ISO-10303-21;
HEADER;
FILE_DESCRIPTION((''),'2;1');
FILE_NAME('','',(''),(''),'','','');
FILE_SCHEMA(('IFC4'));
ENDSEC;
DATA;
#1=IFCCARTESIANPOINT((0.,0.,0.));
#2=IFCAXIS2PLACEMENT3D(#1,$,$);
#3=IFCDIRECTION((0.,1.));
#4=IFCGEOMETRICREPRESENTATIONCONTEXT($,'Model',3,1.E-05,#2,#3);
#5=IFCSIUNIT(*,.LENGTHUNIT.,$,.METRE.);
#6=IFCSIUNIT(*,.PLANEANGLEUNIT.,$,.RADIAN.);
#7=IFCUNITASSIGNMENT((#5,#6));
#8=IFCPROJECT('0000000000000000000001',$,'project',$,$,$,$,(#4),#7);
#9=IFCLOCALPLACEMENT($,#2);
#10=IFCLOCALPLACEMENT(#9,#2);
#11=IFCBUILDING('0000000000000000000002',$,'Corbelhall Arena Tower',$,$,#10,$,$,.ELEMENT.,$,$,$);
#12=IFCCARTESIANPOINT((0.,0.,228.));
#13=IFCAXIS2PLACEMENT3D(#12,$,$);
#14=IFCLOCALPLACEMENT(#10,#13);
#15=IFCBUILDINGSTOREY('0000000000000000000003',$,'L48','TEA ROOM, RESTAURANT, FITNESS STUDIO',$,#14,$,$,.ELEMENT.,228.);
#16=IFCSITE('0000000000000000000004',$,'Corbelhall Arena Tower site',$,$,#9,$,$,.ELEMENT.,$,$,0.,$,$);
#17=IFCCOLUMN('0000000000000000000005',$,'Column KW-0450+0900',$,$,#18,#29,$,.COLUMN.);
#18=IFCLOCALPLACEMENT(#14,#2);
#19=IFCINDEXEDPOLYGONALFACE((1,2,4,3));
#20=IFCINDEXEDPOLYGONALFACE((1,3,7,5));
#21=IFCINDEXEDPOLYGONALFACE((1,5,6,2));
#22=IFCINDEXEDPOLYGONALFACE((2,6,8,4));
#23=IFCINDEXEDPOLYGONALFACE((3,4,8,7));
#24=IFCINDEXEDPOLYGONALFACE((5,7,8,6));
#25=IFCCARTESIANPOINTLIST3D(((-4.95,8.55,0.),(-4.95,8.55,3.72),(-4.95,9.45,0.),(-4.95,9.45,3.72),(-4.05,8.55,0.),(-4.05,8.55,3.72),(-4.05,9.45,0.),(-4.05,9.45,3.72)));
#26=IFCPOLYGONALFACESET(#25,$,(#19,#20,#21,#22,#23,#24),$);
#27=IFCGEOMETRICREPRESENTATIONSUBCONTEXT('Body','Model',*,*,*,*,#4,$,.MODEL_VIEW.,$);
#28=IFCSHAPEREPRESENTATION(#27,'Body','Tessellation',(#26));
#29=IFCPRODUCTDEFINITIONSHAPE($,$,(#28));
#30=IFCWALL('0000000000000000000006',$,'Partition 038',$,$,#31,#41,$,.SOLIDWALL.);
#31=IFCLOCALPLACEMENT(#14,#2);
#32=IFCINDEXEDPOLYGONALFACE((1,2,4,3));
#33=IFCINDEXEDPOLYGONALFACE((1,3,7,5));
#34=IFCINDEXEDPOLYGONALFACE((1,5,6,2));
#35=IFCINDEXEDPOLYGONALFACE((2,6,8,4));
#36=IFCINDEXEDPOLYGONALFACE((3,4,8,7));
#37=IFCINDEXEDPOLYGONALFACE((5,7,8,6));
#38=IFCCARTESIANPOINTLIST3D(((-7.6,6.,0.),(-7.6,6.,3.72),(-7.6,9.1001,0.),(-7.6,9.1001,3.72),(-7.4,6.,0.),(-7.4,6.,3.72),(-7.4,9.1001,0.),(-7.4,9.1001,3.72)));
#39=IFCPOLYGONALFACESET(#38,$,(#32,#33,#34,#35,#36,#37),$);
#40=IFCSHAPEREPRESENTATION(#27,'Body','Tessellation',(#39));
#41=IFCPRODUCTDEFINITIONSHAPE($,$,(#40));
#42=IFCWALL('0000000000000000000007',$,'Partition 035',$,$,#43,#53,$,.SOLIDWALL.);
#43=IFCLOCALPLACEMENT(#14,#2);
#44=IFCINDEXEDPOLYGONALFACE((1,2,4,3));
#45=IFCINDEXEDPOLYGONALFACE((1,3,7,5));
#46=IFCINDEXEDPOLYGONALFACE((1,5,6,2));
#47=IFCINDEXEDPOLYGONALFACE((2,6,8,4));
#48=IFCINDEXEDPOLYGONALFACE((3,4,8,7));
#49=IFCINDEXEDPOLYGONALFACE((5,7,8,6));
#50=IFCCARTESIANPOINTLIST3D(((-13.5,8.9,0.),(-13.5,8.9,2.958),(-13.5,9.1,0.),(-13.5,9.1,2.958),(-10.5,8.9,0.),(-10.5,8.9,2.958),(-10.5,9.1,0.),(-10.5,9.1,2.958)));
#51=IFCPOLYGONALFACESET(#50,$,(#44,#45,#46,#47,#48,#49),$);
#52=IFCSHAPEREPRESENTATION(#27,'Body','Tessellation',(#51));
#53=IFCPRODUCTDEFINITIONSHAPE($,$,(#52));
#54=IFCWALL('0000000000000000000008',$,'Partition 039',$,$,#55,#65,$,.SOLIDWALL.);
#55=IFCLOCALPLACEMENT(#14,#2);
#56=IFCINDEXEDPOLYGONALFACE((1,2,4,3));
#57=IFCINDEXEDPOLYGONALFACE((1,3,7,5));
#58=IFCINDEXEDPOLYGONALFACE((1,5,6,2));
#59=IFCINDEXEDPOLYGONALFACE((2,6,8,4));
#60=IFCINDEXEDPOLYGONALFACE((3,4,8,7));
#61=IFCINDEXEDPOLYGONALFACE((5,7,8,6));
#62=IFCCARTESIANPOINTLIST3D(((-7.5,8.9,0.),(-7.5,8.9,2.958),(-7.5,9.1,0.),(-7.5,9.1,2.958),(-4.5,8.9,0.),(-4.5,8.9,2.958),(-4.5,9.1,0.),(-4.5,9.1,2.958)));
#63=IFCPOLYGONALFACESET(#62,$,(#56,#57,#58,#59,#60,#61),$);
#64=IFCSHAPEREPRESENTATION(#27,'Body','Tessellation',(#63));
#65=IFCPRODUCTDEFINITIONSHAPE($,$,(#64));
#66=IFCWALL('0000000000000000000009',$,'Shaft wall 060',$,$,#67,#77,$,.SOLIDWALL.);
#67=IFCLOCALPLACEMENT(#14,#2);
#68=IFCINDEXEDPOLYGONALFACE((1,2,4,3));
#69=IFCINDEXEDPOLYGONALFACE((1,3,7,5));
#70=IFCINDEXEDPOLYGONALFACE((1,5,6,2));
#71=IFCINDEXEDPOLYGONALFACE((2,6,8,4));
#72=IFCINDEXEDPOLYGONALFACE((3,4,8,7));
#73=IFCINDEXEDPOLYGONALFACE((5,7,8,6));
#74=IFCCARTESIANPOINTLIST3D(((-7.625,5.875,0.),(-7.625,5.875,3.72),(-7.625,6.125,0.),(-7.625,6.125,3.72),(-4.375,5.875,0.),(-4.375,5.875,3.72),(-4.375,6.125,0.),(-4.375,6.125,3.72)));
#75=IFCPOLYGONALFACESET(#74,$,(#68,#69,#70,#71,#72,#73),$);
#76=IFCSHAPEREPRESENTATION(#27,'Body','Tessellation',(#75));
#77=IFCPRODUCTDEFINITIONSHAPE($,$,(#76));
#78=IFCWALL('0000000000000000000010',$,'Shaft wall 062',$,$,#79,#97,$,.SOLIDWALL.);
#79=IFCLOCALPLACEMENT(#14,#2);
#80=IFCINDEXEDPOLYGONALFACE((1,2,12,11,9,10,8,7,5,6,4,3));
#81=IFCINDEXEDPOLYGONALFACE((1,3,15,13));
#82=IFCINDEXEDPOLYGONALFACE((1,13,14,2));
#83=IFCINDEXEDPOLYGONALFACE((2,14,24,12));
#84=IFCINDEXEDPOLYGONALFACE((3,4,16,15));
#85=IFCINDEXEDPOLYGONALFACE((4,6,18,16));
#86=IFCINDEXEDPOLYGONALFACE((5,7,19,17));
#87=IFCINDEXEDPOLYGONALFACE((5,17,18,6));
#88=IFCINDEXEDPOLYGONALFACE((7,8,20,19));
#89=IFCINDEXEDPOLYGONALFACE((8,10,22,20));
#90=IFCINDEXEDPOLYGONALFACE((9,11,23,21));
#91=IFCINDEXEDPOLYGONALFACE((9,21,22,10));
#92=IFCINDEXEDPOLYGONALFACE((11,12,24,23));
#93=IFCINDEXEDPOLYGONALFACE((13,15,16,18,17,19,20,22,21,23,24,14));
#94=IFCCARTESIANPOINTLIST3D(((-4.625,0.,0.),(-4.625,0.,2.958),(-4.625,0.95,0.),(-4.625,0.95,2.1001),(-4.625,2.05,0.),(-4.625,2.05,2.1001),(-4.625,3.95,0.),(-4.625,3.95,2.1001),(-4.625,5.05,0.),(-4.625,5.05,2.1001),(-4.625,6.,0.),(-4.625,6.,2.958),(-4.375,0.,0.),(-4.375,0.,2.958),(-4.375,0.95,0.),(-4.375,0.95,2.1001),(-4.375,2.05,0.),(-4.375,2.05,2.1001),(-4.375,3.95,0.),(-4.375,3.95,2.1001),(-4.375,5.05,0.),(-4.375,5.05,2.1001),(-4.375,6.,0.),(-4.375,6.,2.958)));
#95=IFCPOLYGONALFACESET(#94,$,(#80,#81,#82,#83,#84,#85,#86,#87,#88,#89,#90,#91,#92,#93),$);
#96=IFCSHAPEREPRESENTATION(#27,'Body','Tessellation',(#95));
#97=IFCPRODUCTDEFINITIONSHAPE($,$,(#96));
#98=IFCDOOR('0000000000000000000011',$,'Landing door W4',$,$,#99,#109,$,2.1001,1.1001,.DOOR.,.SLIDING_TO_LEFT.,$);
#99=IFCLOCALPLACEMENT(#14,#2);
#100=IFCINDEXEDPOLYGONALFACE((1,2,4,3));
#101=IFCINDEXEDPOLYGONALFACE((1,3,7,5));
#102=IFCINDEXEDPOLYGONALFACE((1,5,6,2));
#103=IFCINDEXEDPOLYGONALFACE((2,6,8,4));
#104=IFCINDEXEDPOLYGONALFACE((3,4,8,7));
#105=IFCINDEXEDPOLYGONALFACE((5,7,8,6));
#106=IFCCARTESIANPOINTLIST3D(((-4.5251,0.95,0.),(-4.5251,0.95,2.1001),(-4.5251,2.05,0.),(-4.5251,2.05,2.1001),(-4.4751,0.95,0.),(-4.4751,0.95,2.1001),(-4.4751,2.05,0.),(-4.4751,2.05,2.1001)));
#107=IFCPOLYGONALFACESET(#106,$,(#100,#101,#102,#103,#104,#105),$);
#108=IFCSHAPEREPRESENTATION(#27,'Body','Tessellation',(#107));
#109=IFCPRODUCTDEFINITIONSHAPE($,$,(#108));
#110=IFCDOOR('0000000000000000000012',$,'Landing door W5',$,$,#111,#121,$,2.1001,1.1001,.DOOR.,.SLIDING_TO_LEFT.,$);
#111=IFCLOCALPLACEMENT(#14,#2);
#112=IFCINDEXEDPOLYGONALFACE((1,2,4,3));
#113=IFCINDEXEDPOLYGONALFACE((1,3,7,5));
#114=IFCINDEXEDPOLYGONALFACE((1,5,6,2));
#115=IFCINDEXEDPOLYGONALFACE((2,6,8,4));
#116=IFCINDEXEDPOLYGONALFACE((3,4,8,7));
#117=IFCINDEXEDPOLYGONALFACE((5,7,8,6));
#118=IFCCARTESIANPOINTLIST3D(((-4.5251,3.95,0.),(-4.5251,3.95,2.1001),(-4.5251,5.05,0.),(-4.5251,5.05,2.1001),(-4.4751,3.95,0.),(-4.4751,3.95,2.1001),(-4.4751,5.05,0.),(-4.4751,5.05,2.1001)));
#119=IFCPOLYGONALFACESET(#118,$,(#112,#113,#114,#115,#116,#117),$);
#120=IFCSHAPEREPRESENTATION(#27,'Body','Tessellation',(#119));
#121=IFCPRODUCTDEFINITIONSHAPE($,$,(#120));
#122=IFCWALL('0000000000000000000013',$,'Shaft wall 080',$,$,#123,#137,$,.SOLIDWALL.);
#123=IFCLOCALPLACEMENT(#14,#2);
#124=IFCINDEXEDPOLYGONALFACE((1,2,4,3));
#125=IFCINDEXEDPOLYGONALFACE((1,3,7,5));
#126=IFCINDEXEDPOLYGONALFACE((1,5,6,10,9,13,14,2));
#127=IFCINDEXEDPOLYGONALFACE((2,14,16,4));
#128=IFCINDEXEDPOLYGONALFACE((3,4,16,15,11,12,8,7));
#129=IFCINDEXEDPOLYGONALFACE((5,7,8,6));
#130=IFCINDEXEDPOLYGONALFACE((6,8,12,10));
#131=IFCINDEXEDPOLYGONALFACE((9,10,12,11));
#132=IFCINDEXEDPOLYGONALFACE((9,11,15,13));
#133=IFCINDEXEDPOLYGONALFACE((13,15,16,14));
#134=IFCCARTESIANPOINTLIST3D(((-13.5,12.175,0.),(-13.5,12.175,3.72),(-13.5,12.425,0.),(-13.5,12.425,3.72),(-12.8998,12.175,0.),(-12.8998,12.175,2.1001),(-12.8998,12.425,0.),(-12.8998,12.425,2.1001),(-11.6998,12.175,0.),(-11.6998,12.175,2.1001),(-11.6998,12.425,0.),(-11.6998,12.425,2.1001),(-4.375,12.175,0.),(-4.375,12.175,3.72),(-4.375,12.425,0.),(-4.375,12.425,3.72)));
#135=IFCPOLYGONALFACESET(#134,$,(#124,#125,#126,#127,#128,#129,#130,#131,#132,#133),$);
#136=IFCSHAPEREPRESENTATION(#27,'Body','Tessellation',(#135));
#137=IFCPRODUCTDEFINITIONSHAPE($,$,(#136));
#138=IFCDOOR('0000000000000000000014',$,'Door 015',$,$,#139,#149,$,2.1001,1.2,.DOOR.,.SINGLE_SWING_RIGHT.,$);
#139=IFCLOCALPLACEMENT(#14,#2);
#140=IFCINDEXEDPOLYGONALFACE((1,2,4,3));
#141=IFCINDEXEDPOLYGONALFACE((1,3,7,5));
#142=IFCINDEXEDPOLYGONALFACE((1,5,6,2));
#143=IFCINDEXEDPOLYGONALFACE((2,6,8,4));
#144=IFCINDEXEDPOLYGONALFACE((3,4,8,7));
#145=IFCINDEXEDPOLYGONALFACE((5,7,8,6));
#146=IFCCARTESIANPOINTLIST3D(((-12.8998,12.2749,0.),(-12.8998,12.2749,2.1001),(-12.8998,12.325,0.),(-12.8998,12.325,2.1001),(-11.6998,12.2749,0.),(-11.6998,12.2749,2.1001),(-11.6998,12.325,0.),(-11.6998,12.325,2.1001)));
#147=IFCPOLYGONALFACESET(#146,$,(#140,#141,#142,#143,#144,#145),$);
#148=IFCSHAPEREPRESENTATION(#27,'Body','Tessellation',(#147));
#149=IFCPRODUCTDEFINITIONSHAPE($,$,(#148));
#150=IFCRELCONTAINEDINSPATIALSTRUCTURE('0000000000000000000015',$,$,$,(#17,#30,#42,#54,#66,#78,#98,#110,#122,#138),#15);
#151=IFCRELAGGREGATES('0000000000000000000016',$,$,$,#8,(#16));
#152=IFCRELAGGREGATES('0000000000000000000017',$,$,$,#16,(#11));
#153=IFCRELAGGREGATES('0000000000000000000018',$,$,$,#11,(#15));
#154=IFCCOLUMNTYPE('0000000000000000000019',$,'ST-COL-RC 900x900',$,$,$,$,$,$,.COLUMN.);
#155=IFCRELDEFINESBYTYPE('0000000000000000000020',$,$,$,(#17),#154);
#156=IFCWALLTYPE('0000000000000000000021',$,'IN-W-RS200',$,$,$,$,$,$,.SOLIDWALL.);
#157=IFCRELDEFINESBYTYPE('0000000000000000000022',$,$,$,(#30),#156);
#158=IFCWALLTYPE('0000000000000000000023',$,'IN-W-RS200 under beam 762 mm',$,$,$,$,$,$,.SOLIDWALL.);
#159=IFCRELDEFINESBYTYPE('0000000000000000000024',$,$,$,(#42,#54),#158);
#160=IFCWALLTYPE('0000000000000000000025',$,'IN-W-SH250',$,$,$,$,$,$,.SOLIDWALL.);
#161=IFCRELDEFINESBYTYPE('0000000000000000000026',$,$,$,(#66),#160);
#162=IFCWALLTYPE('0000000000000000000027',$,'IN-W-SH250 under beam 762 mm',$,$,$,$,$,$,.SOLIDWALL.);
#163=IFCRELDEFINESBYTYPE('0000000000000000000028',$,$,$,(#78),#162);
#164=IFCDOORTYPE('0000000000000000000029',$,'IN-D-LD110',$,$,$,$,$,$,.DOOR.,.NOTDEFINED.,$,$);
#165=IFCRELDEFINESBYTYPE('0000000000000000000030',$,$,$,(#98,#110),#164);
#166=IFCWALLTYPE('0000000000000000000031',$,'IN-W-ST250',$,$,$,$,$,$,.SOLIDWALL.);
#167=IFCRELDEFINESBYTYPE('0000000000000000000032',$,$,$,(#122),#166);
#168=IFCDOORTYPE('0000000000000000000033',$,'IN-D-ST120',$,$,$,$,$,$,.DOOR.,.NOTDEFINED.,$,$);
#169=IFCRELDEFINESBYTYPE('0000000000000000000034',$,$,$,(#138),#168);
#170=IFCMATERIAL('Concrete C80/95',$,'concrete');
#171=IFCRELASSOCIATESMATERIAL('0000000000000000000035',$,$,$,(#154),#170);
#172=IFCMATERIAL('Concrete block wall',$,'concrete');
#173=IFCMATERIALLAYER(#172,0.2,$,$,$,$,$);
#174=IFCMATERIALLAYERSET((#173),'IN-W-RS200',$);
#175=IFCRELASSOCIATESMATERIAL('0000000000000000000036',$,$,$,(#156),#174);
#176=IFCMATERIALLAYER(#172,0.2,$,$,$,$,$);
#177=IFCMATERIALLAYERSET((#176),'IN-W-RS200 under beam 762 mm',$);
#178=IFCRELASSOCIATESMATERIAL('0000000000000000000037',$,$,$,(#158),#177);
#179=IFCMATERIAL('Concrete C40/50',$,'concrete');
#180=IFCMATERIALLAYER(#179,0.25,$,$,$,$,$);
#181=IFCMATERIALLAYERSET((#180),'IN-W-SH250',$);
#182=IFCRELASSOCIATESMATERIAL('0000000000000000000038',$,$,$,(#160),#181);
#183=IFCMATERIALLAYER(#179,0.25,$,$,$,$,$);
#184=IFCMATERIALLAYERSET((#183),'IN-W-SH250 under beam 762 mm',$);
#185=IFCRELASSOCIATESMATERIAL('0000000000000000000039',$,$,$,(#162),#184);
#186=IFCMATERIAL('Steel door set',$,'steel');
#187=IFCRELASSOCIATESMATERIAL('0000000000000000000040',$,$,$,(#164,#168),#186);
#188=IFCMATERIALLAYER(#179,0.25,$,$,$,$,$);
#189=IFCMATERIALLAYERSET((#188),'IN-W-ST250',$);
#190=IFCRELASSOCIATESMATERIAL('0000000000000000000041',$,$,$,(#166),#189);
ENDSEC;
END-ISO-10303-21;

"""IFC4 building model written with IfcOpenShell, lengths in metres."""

from ifc_helpers import new_model, si_unit, direction, frame, frame_2d, origin, origin_2d, place, context, subcontext, project, spatial, rectangle, extrude, material, layer, layer_set, material_profile, profile_set, type_object, element, fill, save


model = new_model("IFC4")

# Units and contexts
model_context = context("Model", 3, precision=1e-05, world=origin(), true_north=direction((0.0, 1.0)))
body_context = subcontext(model_context, "Body", "Model", "MODEL_VIEW")
ifc_project = project(units=[si_unit("LENGTHUNIT", "METRE"), si_unit("PLANEANGLEUNIT", "RADIAN")], contexts=[model_context])

# Site, building, storey
site_placement = place(None, origin())
site = spatial("IfcSite", under=ifc_project, at=site_placement, Name="Corbelhall Arena Tower site", CompositionType="ELEMENT", RefElevation=0.0)
building_placement = place(site_placement, origin())
building = spatial("IfcBuilding", under=site, at=building_placement, Name="Corbelhall Arena Tower", CompositionType="ELEMENT")
storey_placement = place(building_placement, frame((0.0, 0.0, 228.0)))
storey = spatial("IfcBuildingStorey", under=building, at=storey_placement, Name="L48", Description="TEA ROOM, RESTAURANT, FITNESS STUDIO", CompositionType="ELEMENT", Elevation=228.0)

# Column
ifc_material_1 = material(Name="Concrete C80/95", Category="concrete")
ifc_material_profile = material_profile(ifc_material_1, rectangle(XDim=0.8999, YDim=0.8999, at=origin_2d()))
ifc_profile_set = profile_set([ifc_material_profile], Name="Concrete C80/95")
column_type = type_object("IfcColumnType", Name="ST-COL-RC 900x900", PredefinedType="COLUMN", material=ifc_profile_set)
column_placement = place(storey_placement, frame((-4.5, 9.0, 0.0), z_axis=(0.0, 0.0, 1.0), x_axis=(1.0, 0.0, 0.0)))
element("IfcColumn", 1, at=column_placement, inside=storey, type_object=column_type, Name="Column KW-0450+0900", PredefinedType="COLUMN", context=body_context, shape_type="SweptSolid", body=[
    extrude(rectangle(XDim=0.8999, YDim=0.8999, at=origin_2d()), origin(), (0.0, 0.0, 1.0), 3.72),
])

# Shared definitions
ifc_material_2 = material(Name="Concrete block wall", Category="concrete")
ifc_layer_1 = layer(ifc_material_2, 0.2)
ifc_layer_set_1 = layer_set([ifc_layer_1], Name="IN-W-RS200")
wall_type_1 = type_object("IfcWallType", Name="IN-W-RS200", PredefinedType="SOLIDWALL", material=ifc_layer_set_1)
ifc_material_3 = material(Name="Steel door set", Category="steel")

# Walls
wall_1_placement = place(storey_placement, frame((-7.5, 6.0, 0.0), z_axis=(0.0, 0.0, 1.0), x_axis=(0.0, 1.0, 0.0)))
element("IfcWall", 2, at=wall_1_placement, inside=storey, type_object=wall_type_1, Name="Partition 038", PredefinedType="SOLIDWALL", context=body_context, shape_type="SweptSolid", body=[
    extrude(rectangle(XDim=3.1001, YDim=0.2, at=frame_2d((1.55, 0.0))), origin(), (0.0, 0.0, 1.0), 3.72),
])
ifc_layer_2 = layer(ifc_material_2, 0.2)
ifc_layer_set_2 = layer_set([ifc_layer_2], Name="IN-W-RS200 under beam 762 mm")
wall_type_2 = type_object("IfcWallType", Name="IN-W-RS200 under beam 762 mm", PredefinedType="SOLIDWALL", material=ifc_layer_set_2)
for number, where, z_axis, x_axis, name in (
    (3, (-13.5, 9.0, 0.0), (0.0, 0.0, 1.0), (1.0, 0.0, 0.0), "Partition 035"),
    (4, (-7.5, 9.0, 0.0), (0.0, 0.0, 1.0), (1.0, 0.0, 0.0), "Partition 039"),
):
    element("IfcWall", number, at=place(storey_placement, frame(where, z_axis=z_axis, x_axis=x_axis)), inside=storey, type_object=wall_type_2, Name=name, PredefinedType="SOLIDWALL", context=body_context, shape_type="SweptSolid", body=[
        extrude(rectangle(XDim=3.0, YDim=0.2, at=frame_2d((1.5, 0.0))), origin(), (0.0, 0.0, 1.0), 2.958),
    ])

# Wall
ifc_material_4 = material(Name="Concrete C40/50", Category="concrete")
ifc_layer_3 = layer(ifc_material_4, 0.25)
ifc_layer_set_3 = layer_set([ifc_layer_3], Name="IN-W-SH250")
wall_type_3 = type_object("IfcWallType", Name="IN-W-SH250", PredefinedType="SOLIDWALL", material=ifc_layer_set_3)
wall_2_placement = place(storey_placement, frame((-7.625, 6.0, 0.0), z_axis=(0.0, 0.0, 1.0), x_axis=(1.0, 0.0, 0.0)))
element("IfcWall", 5, at=wall_2_placement, inside=storey, type_object=wall_type_3, Name="Shaft wall 060", PredefinedType="SOLIDWALL", context=body_context, shape_type="SweptSolid", body=[
    extrude(rectangle(XDim=3.25, YDim=0.25, at=frame_2d((1.625, 0.0))), origin(), (0.0, 0.0, 1.0), 3.72),
])

# Wall, openings, doors
ifc_layer_4 = layer(ifc_material_4, 0.25)
ifc_layer_set_4 = layer_set([ifc_layer_4], Name="IN-W-SH250 under beam 762 mm")
wall_type_4 = type_object("IfcWallType", Name="IN-W-SH250 under beam 762 mm", PredefinedType="SOLIDWALL", material=ifc_layer_set_4)
wall_3_placement = place(storey_placement, frame((-4.5, 6.0, 0.0), z_axis=(0.0, 0.0, 1.0), x_axis=(0.0, -1.0, 0.0)))
wall_3 = element("IfcWall", 6, at=wall_3_placement, inside=storey, type_object=wall_type_4, Name="Shaft wall 062", PredefinedType="SOLIDWALL", context=body_context, shape_type="SweptSolid", body=[
    extrude(rectangle(XDim=6.0, YDim=0.25, at=frame_2d((3.0, 0.0))), origin(), (0.0, 0.0, 1.0), 2.958),
])
opening_1_placement = place(wall_3_placement, frame((3.95, 0.0, 0.0)))
opening_1 = element("IfcOpeningElement", 7, at=opening_1_placement, cuts=wall_3, PredefinedType="OPENING", context=body_context, shape_type="SweptSolid", body=[
    extrude(rectangle(XDim=1.1001, YDim=2.1001, at=frame_2d((0.55, 1.05))), frame((0.0, 0.125, 0.0), z_axis=(0.0, -1.0, 0.0), x_axis=(1.0, 0.0, 0.0)), (0.0, 0.0, 1.0), 0.25),
])
opening_2_placement = place(wall_3_placement, frame((0.95, 0.0, 0.0)))
opening_2 = element("IfcOpeningElement", 8, at=opening_2_placement, cuts=wall_3, PredefinedType="OPENING", context=body_context, shape_type="SweptSolid", body=[
    extrude(rectangle(XDim=1.1001, YDim=2.1001, at=frame_2d((0.55, 1.05))), frame((0.0, 0.125, 0.0), z_axis=(0.0, -1.0, 0.0), x_axis=(1.0, 0.0, 0.0)), (0.0, 0.0, 1.0), 0.25),
])
door_type_1 = type_object("IfcDoorType", Name="IN-D-LD110", OperationType="NOTDEFINED", PredefinedType="DOOR", material=ifc_material_3)
door_1_placement = place(opening_1_placement, origin())
door_1 = element("IfcDoor", 9, at=door_1_placement, inside=storey, type_object=door_type_1, Name="Landing door W4", OperationType="SLIDING_TO_LEFT", OverallHeight=2.1001, OverallWidth=1.1001, PredefinedType="DOOR", context=body_context, shape_type="SweptSolid", body=[
    extrude(rectangle(XDim=1.1001, YDim=2.1001, at=frame_2d((0.55, 1.05))), frame((0.0, 0.0249, 0.0), z_axis=(0.0, -1.0, 0.0), x_axis=(1.0, 0.0, 0.0)), (0.0, 0.0, 1.0), 0.05),
])
fill(opening_1, door_1)
door_2_placement = place(opening_2_placement, origin())
door_2 = element("IfcDoor", 10, at=door_2_placement, inside=storey, type_object=door_type_1, Name="Landing door W5", OperationType="SLIDING_TO_LEFT", OverallHeight=2.1001, OverallWidth=1.1001, PredefinedType="DOOR", context=body_context, shape_type="SweptSolid", body=[
    extrude(rectangle(XDim=1.1001, YDim=2.1001, at=frame_2d((0.55, 1.05))), frame((0.0, 0.0249, 0.0), z_axis=(0.0, -1.0, 0.0), x_axis=(1.0, 0.0, 0.0)), (0.0, 0.0, 1.0), 0.05),
])
fill(opening_2, door_2)

# Wall, opening, door
ifc_layer_5 = layer(ifc_material_4, 0.25)
ifc_layer_set_5 = layer_set([ifc_layer_5], Name="IN-W-ST250")
wall_type_5 = type_object("IfcWallType", Name="IN-W-ST250", PredefinedType="SOLIDWALL", material=ifc_layer_set_5)
wall_4_placement = place(storey_placement, frame((-13.5, 12.3, 0.0), z_axis=(0.0, 0.0, 1.0), x_axis=(1.0, 0.0, 0.0)))
wall_4 = element("IfcWall", 11, at=wall_4_placement, inside=storey, type_object=wall_type_5, Name="Shaft wall 080", PredefinedType="SOLIDWALL", context=body_context, shape_type="SweptSolid", body=[
    extrude(rectangle(XDim=9.125, YDim=0.25, at=frame_2d((4.5625, 0.0))), origin(), (0.0, 0.0, 1.0), 3.72),
])
opening_3_placement = place(wall_4_placement, frame((0.6001, 0.0, 0.0)))
opening_3 = element("IfcOpeningElement", 12, at=opening_3_placement, cuts=wall_4, PredefinedType="OPENING", context=body_context, shape_type="SweptSolid", body=[
    extrude(rectangle(XDim=1.2, YDim=2.1001, at=frame_2d((0.6001, 1.05))), frame((0.0, 0.125, 0.0), z_axis=(0.0, -1.0, 0.0), x_axis=(1.0, 0.0, 0.0)), (0.0, 0.0, 1.0), 0.25),
])
door_type_2 = type_object("IfcDoorType", Name="IN-D-ST120", OperationType="NOTDEFINED", PredefinedType="DOOR", material=ifc_material_3)
door_3_placement = place(opening_3_placement, origin())
door_3 = element("IfcDoor", 13, at=door_3_placement, inside=storey, type_object=door_type_2, Name="Door 015", OperationType="SINGLE_SWING_RIGHT", OverallHeight=2.1001, OverallWidth=1.2, PredefinedType="DOOR", context=body_context, shape_type="SweptSolid", body=[
    extrude(rectangle(XDim=1.2, YDim=2.1001, at=frame_2d((0.6001, 1.05))), frame((0.0, 0.0249, 0.0), z_axis=(0.0, -1.0, 0.0), x_axis=(1.0, 0.0, 0.0)), (0.0, 0.0, 1.0), 0.05),
])
fill(opening_3, door_3)

save(model, "model.ifc")
